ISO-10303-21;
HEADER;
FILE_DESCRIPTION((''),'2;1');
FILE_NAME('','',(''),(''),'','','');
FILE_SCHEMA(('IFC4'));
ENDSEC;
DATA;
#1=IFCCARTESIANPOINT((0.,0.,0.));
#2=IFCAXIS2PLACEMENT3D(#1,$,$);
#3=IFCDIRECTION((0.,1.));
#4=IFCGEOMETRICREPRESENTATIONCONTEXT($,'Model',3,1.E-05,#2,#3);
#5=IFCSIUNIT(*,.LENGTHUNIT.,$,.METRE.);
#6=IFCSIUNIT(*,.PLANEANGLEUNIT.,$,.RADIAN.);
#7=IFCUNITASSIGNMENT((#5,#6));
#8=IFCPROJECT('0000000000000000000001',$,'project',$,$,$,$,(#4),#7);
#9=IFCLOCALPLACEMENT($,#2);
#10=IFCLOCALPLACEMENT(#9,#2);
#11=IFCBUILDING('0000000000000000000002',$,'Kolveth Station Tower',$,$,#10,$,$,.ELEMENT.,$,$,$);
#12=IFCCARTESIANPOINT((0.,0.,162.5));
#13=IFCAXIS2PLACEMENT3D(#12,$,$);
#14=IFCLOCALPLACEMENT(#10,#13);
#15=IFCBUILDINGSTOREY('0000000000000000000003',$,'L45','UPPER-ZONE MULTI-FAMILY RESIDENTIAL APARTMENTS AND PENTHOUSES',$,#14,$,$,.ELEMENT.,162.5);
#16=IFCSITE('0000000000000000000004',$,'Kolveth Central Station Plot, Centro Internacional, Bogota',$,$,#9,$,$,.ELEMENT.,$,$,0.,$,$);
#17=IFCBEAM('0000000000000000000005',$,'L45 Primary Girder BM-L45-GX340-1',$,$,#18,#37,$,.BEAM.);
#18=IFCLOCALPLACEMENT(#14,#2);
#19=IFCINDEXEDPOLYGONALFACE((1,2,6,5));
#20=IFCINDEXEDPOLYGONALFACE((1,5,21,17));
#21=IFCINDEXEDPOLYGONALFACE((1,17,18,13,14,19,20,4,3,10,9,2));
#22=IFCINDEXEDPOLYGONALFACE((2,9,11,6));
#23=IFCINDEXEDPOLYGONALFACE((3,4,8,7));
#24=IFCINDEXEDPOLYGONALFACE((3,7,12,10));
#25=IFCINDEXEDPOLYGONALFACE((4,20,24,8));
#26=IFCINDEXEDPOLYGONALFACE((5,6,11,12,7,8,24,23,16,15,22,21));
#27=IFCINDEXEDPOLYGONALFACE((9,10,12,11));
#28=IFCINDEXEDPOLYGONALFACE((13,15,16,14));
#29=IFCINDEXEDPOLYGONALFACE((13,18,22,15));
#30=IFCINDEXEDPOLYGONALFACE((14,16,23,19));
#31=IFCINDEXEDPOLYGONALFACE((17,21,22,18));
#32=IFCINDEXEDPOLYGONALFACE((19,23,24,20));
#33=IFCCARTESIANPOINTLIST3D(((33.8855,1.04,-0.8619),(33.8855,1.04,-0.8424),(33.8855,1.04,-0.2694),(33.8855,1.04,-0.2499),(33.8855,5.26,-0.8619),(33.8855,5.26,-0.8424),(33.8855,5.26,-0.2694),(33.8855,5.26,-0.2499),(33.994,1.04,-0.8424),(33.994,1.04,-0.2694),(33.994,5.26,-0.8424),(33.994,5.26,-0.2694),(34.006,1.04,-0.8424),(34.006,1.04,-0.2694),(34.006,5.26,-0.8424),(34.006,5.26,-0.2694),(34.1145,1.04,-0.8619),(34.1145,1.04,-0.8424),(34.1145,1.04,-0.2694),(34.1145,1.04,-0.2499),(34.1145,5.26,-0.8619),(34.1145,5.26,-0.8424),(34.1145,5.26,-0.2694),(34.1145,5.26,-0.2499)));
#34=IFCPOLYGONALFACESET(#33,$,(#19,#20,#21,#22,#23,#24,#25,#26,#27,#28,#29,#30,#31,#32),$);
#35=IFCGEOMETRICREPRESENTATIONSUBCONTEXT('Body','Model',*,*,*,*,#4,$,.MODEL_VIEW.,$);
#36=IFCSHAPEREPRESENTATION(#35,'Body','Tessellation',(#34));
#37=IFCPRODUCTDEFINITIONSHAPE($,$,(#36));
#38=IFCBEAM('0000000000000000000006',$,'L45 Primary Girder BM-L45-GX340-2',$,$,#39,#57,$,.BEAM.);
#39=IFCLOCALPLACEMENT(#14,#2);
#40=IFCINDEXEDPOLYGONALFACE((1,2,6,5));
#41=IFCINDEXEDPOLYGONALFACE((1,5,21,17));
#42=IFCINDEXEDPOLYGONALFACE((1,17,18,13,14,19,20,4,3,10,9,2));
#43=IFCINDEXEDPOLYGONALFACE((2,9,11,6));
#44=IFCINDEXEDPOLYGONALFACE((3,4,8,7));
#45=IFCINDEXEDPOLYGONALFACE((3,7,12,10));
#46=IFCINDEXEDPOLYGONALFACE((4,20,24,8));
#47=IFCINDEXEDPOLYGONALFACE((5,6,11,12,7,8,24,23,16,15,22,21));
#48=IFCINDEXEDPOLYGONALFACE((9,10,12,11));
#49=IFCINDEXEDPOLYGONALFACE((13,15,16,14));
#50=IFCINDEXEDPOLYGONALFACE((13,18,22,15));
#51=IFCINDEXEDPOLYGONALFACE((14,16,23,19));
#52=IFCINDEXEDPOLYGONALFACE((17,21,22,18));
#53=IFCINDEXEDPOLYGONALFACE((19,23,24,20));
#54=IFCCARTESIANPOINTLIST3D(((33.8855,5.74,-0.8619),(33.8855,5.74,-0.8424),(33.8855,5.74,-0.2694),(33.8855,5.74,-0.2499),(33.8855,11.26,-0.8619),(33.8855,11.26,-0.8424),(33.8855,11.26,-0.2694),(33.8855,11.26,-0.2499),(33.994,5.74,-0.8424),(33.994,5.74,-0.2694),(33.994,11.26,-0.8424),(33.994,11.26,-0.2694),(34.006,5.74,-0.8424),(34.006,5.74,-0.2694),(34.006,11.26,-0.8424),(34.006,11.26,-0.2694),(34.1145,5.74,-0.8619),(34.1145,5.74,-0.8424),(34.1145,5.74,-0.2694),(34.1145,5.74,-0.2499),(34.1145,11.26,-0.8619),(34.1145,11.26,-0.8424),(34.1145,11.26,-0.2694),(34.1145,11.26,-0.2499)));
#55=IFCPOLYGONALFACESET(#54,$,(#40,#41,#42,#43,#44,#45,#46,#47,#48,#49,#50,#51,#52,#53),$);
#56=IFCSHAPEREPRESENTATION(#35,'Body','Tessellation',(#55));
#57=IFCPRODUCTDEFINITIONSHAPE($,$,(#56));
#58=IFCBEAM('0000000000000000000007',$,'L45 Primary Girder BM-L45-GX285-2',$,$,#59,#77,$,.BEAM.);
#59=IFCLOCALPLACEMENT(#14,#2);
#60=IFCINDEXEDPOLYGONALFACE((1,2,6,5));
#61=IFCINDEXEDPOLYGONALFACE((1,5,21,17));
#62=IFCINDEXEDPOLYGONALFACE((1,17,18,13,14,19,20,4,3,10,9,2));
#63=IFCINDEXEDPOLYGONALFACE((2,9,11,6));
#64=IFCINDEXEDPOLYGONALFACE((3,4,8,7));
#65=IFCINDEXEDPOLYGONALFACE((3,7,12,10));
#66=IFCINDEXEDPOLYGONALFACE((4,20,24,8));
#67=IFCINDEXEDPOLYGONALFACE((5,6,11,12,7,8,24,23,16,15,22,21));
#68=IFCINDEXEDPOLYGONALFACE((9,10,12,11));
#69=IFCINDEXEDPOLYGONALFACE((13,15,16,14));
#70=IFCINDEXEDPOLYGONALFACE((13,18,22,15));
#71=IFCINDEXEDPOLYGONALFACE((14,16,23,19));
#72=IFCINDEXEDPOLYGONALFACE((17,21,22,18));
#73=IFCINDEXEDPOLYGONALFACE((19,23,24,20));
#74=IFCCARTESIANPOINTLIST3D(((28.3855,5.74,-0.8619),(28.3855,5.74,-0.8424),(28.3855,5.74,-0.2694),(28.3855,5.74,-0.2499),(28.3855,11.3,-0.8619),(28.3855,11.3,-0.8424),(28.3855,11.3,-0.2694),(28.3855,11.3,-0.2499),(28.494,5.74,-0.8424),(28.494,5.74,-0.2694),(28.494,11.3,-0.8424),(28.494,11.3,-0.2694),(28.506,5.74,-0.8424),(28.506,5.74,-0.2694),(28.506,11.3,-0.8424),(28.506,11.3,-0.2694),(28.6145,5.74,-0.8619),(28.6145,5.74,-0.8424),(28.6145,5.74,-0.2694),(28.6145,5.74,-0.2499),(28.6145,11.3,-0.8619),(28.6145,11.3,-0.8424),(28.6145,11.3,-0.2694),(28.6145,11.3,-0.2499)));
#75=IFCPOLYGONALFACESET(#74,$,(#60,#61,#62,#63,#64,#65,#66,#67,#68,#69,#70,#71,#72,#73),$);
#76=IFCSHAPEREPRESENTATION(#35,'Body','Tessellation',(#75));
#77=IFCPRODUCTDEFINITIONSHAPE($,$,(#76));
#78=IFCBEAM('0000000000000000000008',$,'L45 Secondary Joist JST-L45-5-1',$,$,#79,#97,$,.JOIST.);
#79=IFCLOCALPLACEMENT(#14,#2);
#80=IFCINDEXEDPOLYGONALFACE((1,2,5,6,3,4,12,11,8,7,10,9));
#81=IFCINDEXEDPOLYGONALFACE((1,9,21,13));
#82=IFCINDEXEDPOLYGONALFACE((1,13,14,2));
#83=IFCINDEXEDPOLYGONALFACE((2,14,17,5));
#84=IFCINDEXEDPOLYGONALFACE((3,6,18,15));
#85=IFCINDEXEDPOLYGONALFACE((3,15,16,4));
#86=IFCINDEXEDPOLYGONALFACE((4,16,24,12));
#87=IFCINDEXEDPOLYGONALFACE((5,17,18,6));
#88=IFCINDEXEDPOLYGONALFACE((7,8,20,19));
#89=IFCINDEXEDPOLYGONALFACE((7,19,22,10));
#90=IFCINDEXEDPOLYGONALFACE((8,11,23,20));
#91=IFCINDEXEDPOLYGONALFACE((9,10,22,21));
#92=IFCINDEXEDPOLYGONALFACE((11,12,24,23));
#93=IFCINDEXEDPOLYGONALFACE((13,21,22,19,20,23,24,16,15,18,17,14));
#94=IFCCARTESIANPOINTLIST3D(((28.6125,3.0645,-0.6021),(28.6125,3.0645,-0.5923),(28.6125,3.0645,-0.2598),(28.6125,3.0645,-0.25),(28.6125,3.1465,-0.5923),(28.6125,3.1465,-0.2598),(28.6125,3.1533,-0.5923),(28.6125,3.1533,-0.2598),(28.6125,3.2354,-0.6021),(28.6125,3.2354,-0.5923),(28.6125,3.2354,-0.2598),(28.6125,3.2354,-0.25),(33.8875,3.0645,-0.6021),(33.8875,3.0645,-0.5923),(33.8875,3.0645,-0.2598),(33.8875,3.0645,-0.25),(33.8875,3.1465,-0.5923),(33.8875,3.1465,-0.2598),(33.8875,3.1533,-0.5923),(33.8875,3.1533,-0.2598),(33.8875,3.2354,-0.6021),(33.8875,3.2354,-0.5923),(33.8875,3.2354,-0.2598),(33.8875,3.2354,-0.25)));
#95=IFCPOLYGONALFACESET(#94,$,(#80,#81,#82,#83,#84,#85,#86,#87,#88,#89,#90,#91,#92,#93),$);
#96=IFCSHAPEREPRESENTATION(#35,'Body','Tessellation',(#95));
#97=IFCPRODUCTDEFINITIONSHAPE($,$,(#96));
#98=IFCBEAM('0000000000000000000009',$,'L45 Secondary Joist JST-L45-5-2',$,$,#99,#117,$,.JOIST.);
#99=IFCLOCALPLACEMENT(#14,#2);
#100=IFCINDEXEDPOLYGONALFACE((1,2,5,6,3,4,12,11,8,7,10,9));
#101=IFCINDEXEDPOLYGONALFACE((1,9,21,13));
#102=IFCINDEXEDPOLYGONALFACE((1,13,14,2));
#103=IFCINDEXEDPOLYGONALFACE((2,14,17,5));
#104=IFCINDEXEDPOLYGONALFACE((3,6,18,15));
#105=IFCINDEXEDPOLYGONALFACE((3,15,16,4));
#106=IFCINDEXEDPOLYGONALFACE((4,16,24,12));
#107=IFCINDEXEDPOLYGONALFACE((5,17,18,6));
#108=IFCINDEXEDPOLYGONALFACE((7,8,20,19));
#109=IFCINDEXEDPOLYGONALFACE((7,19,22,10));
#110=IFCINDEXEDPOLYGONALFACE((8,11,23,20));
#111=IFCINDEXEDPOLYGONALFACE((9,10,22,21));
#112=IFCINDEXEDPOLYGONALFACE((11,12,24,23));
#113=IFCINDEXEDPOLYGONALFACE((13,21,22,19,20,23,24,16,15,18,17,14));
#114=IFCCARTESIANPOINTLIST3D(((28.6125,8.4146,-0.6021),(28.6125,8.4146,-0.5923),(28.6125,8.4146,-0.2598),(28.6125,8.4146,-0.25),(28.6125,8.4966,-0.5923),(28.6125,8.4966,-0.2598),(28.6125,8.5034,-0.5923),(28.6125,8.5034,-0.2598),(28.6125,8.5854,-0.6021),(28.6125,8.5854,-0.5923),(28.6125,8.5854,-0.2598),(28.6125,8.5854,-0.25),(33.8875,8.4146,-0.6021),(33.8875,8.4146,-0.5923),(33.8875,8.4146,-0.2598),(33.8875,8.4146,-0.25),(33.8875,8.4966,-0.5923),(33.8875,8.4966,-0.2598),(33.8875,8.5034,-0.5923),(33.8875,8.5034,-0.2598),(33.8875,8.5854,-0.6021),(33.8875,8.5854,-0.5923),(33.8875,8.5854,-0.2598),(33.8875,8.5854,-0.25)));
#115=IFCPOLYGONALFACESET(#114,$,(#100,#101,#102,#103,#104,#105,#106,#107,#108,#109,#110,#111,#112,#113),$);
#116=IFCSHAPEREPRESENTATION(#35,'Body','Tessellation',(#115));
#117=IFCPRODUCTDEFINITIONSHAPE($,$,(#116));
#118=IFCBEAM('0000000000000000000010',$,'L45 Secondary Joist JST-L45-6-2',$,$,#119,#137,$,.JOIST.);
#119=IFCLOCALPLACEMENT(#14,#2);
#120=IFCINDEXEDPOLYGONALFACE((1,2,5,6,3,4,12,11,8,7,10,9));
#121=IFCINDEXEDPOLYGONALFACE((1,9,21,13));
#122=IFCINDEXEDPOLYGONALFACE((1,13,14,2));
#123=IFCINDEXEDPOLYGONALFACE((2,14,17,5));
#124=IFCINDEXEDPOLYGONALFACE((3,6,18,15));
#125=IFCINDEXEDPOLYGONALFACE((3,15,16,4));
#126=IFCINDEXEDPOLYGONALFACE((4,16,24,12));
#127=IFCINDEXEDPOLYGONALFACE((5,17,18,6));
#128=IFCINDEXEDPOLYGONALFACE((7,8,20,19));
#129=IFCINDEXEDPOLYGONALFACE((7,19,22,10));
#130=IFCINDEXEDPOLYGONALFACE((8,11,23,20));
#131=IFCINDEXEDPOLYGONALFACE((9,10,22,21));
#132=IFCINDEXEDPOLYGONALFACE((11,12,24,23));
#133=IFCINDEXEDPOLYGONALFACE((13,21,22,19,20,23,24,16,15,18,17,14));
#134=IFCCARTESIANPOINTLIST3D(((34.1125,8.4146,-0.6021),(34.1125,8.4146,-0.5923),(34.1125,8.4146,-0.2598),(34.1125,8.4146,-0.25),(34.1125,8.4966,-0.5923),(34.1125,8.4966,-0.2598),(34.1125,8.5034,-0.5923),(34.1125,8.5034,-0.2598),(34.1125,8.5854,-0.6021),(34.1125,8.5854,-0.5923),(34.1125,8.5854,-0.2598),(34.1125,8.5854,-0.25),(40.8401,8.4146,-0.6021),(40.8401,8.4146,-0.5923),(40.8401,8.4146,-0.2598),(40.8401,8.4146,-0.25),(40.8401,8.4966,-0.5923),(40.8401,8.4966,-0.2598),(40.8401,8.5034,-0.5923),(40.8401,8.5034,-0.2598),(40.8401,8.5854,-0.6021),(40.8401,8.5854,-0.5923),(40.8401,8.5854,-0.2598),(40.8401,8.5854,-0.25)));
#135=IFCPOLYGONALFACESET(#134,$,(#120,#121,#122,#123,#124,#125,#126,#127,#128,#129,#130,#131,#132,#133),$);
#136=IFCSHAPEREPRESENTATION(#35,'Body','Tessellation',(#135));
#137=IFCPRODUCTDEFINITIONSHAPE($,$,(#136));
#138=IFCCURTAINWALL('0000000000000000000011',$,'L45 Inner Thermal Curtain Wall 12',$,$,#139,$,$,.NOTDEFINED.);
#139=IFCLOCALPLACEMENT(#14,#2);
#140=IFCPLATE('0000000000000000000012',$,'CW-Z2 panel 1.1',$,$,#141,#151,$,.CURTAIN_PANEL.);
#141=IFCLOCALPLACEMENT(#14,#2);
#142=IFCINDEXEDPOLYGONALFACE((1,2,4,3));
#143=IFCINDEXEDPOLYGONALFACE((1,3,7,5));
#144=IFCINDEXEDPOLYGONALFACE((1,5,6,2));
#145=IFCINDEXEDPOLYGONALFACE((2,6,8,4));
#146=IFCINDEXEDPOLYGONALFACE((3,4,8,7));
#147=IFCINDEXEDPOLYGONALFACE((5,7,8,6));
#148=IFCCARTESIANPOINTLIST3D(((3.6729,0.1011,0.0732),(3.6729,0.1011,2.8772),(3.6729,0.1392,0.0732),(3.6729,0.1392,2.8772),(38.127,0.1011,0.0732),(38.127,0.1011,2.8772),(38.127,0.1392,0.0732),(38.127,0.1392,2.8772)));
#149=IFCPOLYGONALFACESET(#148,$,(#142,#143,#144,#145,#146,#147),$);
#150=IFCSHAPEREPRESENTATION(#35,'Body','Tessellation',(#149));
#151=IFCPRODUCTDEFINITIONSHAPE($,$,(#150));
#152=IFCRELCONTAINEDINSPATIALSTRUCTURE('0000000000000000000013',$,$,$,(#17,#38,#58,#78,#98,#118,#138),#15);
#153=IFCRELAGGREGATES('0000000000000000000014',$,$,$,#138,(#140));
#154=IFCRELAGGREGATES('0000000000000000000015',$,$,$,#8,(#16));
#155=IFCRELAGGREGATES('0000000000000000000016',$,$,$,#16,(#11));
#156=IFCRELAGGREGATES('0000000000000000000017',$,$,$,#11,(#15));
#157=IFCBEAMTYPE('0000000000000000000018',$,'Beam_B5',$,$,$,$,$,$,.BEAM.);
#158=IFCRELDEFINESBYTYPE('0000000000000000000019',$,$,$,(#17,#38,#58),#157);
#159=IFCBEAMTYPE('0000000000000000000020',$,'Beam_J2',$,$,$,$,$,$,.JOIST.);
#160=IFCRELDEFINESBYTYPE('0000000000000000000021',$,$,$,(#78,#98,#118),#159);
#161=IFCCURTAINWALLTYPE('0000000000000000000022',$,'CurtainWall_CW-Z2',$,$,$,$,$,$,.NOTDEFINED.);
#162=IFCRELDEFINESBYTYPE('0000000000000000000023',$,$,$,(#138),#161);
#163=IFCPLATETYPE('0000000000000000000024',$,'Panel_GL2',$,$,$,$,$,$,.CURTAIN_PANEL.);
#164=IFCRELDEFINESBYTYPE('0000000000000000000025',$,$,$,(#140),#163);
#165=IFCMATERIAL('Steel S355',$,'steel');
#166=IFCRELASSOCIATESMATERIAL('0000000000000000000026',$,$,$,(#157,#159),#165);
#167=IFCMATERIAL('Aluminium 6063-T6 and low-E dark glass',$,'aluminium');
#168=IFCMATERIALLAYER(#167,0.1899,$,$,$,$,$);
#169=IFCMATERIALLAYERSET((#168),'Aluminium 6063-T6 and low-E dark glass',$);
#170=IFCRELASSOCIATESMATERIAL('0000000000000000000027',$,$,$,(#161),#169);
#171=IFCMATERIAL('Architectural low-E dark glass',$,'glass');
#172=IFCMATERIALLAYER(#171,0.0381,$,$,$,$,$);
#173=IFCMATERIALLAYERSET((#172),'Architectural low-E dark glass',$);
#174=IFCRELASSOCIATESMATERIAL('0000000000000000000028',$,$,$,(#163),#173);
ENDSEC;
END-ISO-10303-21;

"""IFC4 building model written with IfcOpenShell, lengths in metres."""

from ifc_helpers import new_model, si_unit, direction, frame, origin, origin_2d, place, context, subcontext, project, spatial, rectangle, i_section, extrude, source, transform, mapped, material, layer, layer_set, material_profile, profile_set, type_object, element, aggregate, save


model = new_model("IFC4")

# Units and contexts
model_context = context("Model", 3, precision=1e-05, world=origin(), true_north=direction((0.0, 1.0)))
body_context = subcontext(model_context, "Body", "Model", "MODEL_VIEW")
ifc_project = project(units=[si_unit("LENGTHUNIT", "METRE"), si_unit("PLANEANGLEUNIT", "RADIAN")], contexts=[model_context])

# Site, building, storey
site_placement = place(None, origin())
site = spatial("IfcSite", under=ifc_project, at=site_placement, Name="Kolveth Central Station Plot, Centro Internacional, Bogota", CompositionType="ELEMENT", RefElevation=0.0)
building_placement = place(site_placement, origin())
building = spatial("IfcBuilding", under=site, at=building_placement, Name="Kolveth Station Tower", CompositionType="ELEMENT")
storey_placement = place(building_placement, frame((0.0, 0.0, 162.5)))
storey = spatial("IfcBuildingStorey", under=building, at=storey_placement, Name="L45", Description="UPPER-ZONE MULTI-FAMILY RESIDENTIAL APARTMENTS AND PENTHOUSES", CompositionType="ELEMENT", Elevation=162.5)

# Shared definitions
ifc_material_1 = material(Name="Steel S355", Category="steel")

# Beams
ifc_material_profile_1 = material_profile(ifc_material_1, i_section(OverallWidth=0.229, OverallDepth=0.6121, WebThickness=0.012, FlangeThickness=0.0195, at=origin_2d()), Name="W610x125")
ifc_profile_set_1 = profile_set([ifc_material_profile_1], Name="Steel S355")
beam_type_1 = type_object("IfcBeamType", Name="Beam_B5", PredefinedType="BEAM", material=ifc_profile_set_1)
shared_shape_1 = source(origin(), body_context, "Body", "SweptSolid", [
    extrude(i_section(OverallWidth=0.229, OverallDepth=0.6121, WebThickness=0.012, FlangeThickness=0.0195, at=origin_2d()), origin(), (0.0, 0.0, 1.0), 4.22),
])
for number, where, z_axis, x_axis, name in (
    (1, (34.0, 1.04, -0.5559), (0.0, 1.0, 0.0), (-1.0, 0.0, 0.0), "L45 Primary Girder BM-L45-GX340-1"),
):
    element("IfcBeam", number, at=place(storey_placement, frame(where, z_axis=z_axis, x_axis=x_axis)), inside=storey, type_object=beam_type_1, Name=name, PredefinedType="BEAM", context=body_context, shape_type="MappedRepresentation", body=[
        mapped(shared_shape_1, transform((0.0, 0.0, 0.0), x_axis=(1.0, 0.0, 0.0), y_axis=(0.0, 1.0, 0.0), z_axis=(0.0, 0.0, 1.0), scale=1.0)),
    ])
shared_shape_2 = source(origin(), body_context, "Body", "SweptSolid", [
    extrude(i_section(OverallWidth=0.229, OverallDepth=0.6121, WebThickness=0.012, FlangeThickness=0.0195, at=origin_2d()), origin(), (0.0, 0.0, 1.0), 5.52),
])
beam_1_placement = place(storey_placement, frame((34.0, 5.74, -0.5559), z_axis=(0.0, 1.0, 0.0), x_axis=(-1.0, 0.0, 0.0)))
element("IfcBeam", 2, at=beam_1_placement, inside=storey, type_object=beam_type_1, Name="L45 Primary Girder BM-L45-GX340-2", PredefinedType="BEAM", context=body_context, shape_type="MappedRepresentation", body=[
    mapped(shared_shape_2, transform((0.0, 0.0, 0.0), x_axis=(1.0, 0.0, 0.0), y_axis=(0.0, 1.0, 0.0), z_axis=(0.0, 0.0, 1.0), scale=1.0)),
])
shared_shape_3 = source(origin(), body_context, "Body", "SweptSolid", [
    extrude(i_section(OverallWidth=0.229, OverallDepth=0.6121, WebThickness=0.012, FlangeThickness=0.0195, at=origin_2d()), origin(), (0.0, 0.0, 1.0), 5.5601),
])
beam_2_placement = place(storey_placement, frame((28.5, 5.74, -0.5559), z_axis=(0.0, 1.0, 0.0), x_axis=(-1.0, 0.0, 0.0)))
element("IfcBeam", 3, at=beam_2_placement, inside=storey, type_object=beam_type_1, Name="L45 Primary Girder BM-L45-GX285-2", PredefinedType="BEAM", context=body_context, shape_type="MappedRepresentation", body=[
    mapped(shared_shape_3, transform((0.0, 0.0, 0.0), x_axis=(1.0, 0.0, 0.0), y_axis=(0.0, 1.0, 0.0), z_axis=(0.0, 0.0, 1.0), scale=1.0)),
])
ifc_material_profile_2 = material_profile(ifc_material_1, i_section(OverallWidth=0.1709, OverallDepth=0.3521, WebThickness=0.0068, FlangeThickness=0.0098, at=origin_2d()), Name="W360x44")
ifc_profile_set_2 = profile_set([ifc_material_profile_2], Name="Steel S355")
beam_type_2 = type_object("IfcBeamType", Name="Beam_J2", PredefinedType="JOIST", material=ifc_profile_set_2)
shared_shape_4 = source(origin(), body_context, "Body", "SweptSolid", [
    extrude(i_section(OverallWidth=0.1709, OverallDepth=0.3521, WebThickness=0.0068, FlangeThickness=0.0098, at=origin_2d()), origin(), (0.0, 0.0, 1.0), 5.2749),
])
for number, where, z_axis, x_axis, name in (
    (4, (28.6125, 3.1499, -0.426), (1.0, 0.0, 0.0), (0.0, 1.0, 0.0), "L45 Secondary Joist JST-L45-5-1"),
    (5, (28.6125, 8.5, -0.426), (1.0, 0.0, 0.0), (0.0, 1.0, 0.0), "L45 Secondary Joist JST-L45-5-2"),
):
    element("IfcBeam", number, at=place(storey_placement, frame(where, z_axis=z_axis, x_axis=x_axis)), inside=storey, type_object=beam_type_2, Name=name, PredefinedType="JOIST", context=body_context, shape_type="MappedRepresentation", body=[
        mapped(shared_shape_4, transform((0.0, 0.0, 0.0), x_axis=(1.0, 0.0, 0.0), y_axis=(0.0, 1.0, 0.0), z_axis=(0.0, 0.0, 1.0), scale=1.0)),
    ])
shared_shape_5 = source(origin(), body_context, "Body", "SweptSolid", [
    extrude(i_section(OverallWidth=0.1709, OverallDepth=0.3521, WebThickness=0.0068, FlangeThickness=0.0098, at=origin_2d()), origin(), (0.0, 0.0, 1.0), 6.7275),
])
beam_3_placement = place(storey_placement, frame((34.1125, 8.5, -0.426), z_axis=(1.0, 0.0, 0.0), x_axis=(0.0, 1.0, 0.0)))
element("IfcBeam", 6, at=beam_3_placement, inside=storey, type_object=beam_type_2, Name="L45 Secondary Joist JST-L45-6-2", PredefinedType="JOIST", context=body_context, shape_type="MappedRepresentation", body=[
    mapped(shared_shape_5, transform((0.0, 0.0, 0.0), x_axis=(1.0, 0.0, 0.0), y_axis=(0.0, 1.0, 0.0), z_axis=(0.0, 0.0, 1.0), scale=1.0)),
])

# Curtain wall, plate
ifc_material_2 = material(Name="Aluminium 6063-T6 and low-E dark glass", Category="aluminium")
ifc_layer_1 = layer(ifc_material_2, 0.1899)
ifc_layer_set_1 = layer_set([ifc_layer_1], Name="Aluminium 6063-T6 and low-E dark glass")
curtain_wall_type = type_object("IfcCurtainWallType", Name="CurtainWall_CW-Z2", PredefinedType="NOTDEFINED", material=ifc_layer_set_1)
curtain_wall_placement = place(storey_placement, origin())
curtain_wall = element("IfcCurtainWall", 7, at=curtain_wall_placement, inside=storey, type_object=curtain_wall_type, Name="L45 Inner Thermal Curtain Wall 12", PredefinedType="NOTDEFINED")
ifc_material_3 = material(Name="Architectural low-E dark glass", Category="glass")
ifc_layer_2 = layer(ifc_material_3, 0.0381)
ifc_layer_set_2 = layer_set([ifc_layer_2], Name="Architectural low-E dark glass")
plate_type = type_object("IfcPlateType", Name="Panel_GL2", PredefinedType="CURTAIN_PANEL", material=ifc_layer_set_2)
shared_shape_6 = source(origin(), body_context, "Body", "SweptSolid", [
    extrude(rectangle(XDim=34.4541, YDim=0.0381, at=origin_2d()), origin(), (0.0, 0.0, 1.0), 2.804),
])
plate_placement = place(storey_placement, frame((20.8999, 0.1201, 0.0732), z_axis=(0.0, 0.0, 1.0), x_axis=(1.0, 0.0, 0.0)))
plate = element("IfcPlate", 8, at=plate_placement, type_object=plate_type, Name="CW-Z2 panel 1.1", PredefinedType="CURTAIN_PANEL", context=body_context, shape_type="MappedRepresentation", body=[
    mapped(shared_shape_6, transform((0.0, 0.0, 0.0), x_axis=(1.0, 0.0, 0.0), y_axis=(0.0, 1.0, 0.0), z_axis=(0.0, 0.0, 1.0), scale=1.0)),
])
aggregate(curtain_wall, [plate])

save(model, "model.ifc")
